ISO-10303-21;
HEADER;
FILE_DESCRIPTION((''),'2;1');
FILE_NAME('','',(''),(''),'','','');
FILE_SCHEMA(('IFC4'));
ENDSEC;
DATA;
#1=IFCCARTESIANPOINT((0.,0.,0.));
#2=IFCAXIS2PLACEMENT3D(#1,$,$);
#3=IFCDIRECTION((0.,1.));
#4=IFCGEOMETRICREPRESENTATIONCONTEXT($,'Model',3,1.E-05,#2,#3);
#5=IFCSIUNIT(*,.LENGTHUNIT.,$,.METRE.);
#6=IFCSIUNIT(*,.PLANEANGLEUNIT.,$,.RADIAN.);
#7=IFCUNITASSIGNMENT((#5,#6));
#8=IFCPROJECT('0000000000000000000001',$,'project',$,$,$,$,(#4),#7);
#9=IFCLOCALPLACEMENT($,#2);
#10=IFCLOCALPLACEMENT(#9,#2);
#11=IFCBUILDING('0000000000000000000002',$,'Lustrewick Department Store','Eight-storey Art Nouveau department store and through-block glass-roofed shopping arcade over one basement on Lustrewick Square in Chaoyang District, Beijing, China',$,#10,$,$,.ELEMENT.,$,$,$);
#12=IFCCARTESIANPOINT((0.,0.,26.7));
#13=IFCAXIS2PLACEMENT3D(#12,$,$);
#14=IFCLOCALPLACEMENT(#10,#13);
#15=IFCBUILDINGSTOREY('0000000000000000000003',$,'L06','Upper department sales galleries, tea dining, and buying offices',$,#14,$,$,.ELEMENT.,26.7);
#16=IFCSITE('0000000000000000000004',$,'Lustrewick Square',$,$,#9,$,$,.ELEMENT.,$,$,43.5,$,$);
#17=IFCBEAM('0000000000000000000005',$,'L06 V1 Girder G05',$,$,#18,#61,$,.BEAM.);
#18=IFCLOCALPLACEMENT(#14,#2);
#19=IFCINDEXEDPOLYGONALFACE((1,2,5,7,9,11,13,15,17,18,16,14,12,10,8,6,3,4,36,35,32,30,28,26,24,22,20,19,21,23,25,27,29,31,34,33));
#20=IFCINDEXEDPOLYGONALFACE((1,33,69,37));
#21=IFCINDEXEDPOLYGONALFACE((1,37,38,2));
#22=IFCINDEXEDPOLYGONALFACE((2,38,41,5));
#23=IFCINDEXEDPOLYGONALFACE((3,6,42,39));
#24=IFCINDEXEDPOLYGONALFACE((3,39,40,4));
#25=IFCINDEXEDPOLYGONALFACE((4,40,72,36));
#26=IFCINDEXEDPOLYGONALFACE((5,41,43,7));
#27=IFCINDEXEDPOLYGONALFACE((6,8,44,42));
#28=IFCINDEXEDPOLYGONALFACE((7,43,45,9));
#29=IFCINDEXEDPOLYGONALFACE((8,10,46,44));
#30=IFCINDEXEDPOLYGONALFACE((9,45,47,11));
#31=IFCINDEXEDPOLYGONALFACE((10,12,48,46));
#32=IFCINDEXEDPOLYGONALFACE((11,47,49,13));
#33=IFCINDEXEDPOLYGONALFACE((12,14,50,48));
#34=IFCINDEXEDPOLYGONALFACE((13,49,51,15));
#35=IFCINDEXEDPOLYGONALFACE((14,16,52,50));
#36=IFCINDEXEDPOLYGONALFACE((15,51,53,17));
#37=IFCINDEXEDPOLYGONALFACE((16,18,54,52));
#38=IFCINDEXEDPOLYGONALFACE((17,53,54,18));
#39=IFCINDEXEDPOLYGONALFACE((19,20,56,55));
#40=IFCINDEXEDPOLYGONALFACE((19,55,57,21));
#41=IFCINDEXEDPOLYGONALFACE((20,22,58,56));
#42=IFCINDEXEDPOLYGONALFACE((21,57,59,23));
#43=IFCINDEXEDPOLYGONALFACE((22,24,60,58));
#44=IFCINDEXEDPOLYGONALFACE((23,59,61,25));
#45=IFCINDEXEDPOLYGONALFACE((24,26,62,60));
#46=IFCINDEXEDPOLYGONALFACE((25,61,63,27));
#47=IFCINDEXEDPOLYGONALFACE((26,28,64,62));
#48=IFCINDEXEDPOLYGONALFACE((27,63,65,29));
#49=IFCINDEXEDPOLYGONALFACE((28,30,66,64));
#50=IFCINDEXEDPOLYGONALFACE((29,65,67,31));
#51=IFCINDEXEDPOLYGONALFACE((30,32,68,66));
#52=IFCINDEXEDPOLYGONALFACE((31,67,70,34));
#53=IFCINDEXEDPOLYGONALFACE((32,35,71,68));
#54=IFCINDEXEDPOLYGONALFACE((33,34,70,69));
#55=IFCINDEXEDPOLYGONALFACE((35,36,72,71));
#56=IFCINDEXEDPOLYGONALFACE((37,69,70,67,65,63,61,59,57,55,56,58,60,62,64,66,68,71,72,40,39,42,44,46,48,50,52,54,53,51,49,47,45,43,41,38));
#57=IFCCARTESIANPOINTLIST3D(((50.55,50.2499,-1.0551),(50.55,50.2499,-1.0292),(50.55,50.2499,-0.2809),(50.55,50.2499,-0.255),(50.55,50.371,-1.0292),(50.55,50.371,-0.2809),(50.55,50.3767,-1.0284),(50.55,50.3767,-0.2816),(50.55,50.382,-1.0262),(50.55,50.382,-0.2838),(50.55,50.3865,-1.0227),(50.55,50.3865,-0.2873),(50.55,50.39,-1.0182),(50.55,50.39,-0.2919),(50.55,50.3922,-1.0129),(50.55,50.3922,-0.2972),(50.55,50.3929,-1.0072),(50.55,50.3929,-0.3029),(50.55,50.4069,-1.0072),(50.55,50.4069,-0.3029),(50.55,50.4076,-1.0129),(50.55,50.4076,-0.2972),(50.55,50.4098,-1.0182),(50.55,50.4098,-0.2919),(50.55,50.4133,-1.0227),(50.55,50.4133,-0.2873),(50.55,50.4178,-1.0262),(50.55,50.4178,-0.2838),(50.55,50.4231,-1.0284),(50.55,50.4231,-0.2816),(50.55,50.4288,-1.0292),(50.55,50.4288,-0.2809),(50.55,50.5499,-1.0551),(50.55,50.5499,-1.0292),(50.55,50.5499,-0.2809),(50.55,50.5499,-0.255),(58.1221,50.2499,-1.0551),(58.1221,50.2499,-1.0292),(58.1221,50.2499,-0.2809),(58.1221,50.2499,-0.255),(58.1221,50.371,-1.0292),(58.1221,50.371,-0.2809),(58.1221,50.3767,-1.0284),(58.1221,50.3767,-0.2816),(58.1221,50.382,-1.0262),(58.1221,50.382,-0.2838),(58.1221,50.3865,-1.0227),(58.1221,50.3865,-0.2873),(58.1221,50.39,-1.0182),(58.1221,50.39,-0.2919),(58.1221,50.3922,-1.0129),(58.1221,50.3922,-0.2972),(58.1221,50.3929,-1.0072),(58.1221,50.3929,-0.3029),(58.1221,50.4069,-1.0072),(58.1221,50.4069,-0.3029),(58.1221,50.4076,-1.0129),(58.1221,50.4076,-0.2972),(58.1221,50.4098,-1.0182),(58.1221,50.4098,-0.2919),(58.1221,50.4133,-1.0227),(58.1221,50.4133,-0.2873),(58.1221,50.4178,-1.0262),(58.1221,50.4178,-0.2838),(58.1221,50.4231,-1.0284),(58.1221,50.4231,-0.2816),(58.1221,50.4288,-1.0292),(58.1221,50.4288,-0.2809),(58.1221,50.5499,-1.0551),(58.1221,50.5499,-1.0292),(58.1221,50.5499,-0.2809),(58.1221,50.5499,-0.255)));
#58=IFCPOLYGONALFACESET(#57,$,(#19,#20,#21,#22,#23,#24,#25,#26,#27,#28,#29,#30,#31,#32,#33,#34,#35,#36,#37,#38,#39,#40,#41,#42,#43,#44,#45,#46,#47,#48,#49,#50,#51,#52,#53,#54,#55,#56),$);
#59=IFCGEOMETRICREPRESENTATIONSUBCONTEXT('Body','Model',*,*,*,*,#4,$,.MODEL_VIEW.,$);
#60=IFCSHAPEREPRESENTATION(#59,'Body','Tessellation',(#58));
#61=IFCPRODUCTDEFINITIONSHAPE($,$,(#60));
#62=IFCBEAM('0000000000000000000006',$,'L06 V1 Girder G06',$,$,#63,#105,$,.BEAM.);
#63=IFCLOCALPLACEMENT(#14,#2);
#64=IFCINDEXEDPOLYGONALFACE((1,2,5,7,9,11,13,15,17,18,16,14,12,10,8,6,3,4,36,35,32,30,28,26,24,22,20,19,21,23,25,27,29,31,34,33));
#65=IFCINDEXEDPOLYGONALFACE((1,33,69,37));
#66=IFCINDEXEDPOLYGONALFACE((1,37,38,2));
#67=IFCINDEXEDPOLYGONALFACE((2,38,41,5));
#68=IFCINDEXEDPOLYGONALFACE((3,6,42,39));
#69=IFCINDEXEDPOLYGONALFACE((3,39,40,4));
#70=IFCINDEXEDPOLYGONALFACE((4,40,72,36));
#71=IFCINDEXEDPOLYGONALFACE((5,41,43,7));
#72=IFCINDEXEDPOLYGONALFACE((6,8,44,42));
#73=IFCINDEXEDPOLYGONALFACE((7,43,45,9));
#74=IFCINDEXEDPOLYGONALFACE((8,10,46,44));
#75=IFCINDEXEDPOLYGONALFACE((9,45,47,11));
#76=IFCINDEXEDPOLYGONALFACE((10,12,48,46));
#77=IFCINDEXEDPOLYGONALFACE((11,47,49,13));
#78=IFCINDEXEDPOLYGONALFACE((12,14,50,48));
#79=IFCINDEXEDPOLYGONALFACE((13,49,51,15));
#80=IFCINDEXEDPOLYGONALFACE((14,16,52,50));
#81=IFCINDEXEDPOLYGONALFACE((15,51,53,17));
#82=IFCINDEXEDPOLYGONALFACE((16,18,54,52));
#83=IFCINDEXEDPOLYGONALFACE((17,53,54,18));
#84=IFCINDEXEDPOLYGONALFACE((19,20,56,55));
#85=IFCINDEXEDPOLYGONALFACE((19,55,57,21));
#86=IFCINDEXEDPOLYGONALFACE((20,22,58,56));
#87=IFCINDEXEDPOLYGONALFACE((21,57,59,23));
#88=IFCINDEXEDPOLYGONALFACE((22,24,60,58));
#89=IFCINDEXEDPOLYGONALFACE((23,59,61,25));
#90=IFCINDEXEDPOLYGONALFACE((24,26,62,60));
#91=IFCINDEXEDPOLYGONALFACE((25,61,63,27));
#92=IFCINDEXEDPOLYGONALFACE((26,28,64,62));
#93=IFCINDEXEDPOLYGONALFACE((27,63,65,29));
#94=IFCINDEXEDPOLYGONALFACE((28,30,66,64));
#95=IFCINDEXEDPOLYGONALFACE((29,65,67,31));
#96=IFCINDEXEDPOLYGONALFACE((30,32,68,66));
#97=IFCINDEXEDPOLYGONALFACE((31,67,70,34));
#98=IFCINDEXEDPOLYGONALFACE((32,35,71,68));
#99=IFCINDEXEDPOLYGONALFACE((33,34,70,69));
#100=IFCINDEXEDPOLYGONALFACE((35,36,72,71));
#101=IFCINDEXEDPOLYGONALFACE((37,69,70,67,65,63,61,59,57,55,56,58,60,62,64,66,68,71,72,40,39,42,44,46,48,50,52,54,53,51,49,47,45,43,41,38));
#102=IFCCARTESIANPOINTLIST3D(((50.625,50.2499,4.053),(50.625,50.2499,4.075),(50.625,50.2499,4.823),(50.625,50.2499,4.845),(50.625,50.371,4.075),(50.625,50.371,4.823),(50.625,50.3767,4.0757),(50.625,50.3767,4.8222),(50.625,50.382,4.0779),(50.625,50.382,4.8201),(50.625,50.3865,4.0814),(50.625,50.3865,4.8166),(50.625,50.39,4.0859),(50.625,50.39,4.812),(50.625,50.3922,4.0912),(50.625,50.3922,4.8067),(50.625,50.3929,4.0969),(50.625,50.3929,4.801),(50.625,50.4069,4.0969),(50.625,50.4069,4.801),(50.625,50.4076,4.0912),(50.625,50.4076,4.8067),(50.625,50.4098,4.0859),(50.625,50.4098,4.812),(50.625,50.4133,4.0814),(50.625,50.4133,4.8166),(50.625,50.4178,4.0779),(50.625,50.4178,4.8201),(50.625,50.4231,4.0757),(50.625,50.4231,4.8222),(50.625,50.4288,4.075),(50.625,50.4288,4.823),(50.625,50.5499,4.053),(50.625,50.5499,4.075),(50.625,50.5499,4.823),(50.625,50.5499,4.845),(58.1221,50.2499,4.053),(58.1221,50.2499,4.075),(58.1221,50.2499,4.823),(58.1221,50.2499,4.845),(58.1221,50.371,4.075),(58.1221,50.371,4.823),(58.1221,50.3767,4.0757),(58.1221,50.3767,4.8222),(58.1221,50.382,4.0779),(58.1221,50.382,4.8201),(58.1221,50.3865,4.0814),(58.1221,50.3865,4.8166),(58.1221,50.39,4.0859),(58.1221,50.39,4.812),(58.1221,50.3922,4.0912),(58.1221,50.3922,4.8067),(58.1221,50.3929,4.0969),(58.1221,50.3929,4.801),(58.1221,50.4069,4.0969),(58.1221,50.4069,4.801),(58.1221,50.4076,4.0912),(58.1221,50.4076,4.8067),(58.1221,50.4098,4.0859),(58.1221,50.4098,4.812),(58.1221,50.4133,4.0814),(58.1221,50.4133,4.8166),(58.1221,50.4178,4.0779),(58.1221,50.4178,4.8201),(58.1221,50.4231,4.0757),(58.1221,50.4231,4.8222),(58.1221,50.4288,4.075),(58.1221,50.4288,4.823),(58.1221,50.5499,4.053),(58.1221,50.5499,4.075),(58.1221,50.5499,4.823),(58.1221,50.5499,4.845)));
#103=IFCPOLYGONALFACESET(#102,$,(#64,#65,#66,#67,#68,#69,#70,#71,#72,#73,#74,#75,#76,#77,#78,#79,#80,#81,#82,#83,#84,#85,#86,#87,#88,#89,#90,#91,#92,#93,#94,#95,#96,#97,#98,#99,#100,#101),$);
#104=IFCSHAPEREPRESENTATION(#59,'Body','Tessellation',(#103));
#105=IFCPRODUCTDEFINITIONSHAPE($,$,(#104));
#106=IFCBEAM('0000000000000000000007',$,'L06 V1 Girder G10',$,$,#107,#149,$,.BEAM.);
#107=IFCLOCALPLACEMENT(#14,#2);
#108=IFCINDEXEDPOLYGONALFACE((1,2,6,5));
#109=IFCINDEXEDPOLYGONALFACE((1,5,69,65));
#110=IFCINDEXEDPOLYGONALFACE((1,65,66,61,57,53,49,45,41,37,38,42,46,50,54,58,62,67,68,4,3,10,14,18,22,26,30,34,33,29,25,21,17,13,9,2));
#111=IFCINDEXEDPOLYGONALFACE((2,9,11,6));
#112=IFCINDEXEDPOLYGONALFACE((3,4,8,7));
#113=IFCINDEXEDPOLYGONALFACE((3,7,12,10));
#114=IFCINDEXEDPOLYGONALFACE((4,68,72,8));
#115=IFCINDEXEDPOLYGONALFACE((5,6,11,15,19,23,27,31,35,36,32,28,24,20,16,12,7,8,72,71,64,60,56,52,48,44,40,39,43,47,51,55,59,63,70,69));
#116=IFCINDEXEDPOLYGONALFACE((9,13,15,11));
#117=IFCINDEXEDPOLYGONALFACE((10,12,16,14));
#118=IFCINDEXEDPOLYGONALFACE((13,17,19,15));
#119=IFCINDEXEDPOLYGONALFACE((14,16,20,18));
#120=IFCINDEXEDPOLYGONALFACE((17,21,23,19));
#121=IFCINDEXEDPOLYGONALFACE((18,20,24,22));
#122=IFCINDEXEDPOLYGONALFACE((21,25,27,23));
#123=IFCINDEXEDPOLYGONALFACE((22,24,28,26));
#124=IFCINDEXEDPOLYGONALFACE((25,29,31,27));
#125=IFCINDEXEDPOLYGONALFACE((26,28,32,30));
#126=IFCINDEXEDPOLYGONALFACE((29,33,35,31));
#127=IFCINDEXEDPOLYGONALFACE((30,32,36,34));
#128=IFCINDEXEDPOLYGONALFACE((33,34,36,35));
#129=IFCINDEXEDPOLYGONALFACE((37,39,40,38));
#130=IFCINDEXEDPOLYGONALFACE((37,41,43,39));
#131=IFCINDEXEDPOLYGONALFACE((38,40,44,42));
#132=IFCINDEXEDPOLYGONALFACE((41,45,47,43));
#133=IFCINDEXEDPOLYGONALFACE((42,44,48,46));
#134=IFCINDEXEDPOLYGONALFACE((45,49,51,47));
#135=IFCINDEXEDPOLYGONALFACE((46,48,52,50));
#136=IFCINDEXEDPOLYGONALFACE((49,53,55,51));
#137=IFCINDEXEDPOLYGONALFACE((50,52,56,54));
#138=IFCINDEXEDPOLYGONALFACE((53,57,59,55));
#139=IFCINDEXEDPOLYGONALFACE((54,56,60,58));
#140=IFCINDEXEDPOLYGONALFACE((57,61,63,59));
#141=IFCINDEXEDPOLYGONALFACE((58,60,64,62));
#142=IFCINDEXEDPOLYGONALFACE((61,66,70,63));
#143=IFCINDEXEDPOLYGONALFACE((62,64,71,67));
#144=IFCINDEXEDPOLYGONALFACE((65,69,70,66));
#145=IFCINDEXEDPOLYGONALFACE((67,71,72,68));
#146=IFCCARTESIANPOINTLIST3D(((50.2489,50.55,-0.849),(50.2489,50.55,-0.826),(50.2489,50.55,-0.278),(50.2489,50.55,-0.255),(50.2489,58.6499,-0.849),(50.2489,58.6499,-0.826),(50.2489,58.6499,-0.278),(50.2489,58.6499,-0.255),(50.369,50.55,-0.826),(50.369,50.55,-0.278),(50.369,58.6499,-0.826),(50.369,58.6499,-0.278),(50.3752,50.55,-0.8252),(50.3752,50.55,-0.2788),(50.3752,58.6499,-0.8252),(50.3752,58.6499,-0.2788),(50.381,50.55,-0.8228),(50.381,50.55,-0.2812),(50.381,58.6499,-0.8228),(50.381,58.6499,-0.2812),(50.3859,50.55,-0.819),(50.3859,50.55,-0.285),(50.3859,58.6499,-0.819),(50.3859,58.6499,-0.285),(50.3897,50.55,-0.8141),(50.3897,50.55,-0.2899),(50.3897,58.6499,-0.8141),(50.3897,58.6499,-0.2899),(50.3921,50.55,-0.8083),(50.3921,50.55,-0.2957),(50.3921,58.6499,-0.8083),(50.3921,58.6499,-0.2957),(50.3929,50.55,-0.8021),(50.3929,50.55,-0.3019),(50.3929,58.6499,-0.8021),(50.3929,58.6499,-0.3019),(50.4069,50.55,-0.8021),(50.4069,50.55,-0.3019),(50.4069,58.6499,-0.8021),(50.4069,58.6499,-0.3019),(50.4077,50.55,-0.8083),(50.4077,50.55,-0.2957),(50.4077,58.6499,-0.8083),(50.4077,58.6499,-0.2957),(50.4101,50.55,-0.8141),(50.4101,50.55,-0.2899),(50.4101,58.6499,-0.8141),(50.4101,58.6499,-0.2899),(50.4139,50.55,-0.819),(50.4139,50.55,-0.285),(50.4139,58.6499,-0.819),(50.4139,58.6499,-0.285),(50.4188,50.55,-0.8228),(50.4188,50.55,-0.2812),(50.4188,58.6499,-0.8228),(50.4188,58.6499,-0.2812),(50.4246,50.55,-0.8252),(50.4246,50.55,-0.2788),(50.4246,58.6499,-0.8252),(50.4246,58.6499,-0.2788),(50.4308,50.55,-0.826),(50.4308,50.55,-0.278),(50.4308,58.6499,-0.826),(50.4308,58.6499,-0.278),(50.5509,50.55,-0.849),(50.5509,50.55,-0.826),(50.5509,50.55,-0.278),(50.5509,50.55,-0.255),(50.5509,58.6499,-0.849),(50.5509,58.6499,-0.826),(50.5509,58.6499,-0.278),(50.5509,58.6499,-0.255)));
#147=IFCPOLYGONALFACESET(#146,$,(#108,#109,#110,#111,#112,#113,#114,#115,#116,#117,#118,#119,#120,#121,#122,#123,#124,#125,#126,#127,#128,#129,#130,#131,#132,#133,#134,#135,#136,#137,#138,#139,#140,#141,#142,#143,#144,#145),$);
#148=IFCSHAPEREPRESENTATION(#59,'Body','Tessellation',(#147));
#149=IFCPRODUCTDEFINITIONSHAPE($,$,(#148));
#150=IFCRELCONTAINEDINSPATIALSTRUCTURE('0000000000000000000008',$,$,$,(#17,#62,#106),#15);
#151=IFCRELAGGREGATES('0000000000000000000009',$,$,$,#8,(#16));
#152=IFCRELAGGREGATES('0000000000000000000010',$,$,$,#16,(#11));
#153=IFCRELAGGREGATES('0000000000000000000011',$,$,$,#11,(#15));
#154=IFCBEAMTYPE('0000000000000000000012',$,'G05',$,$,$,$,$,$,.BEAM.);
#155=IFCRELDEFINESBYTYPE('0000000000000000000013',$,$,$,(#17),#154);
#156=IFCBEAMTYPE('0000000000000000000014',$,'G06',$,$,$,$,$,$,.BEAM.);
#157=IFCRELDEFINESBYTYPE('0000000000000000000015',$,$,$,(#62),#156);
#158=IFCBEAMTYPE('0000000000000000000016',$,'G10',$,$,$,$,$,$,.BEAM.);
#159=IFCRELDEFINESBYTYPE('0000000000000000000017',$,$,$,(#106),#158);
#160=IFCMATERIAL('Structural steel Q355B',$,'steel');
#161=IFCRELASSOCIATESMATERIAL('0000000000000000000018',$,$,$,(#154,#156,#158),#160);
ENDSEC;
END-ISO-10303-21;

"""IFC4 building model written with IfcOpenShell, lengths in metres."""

from ifc_helpers import new_model, si_unit, direction, frame, origin, origin_2d, place, context, subcontext, project, spatial, i_section, extrude, material, material_profile, profile_set, type_object, element, save


model = new_model("IFC4")

# Units and contexts
model_context = context("Model", 3, precision=1e-05, world=origin(), true_north=direction((0.0, 1.0)))
body_context = subcontext(model_context, "Body", "Model", "MODEL_VIEW")
ifc_project = project(units=[si_unit("LENGTHUNIT", "METRE"), si_unit("PLANEANGLEUNIT", "RADIAN")], contexts=[model_context])

# Site, building, storey
site_placement = place(None, origin())
site = spatial("IfcSite", under=ifc_project, at=site_placement, Name="Lustrewick Square", CompositionType="ELEMENT", RefElevation=43.5)
building_placement = place(site_placement, origin())
building = spatial("IfcBuilding", under=site, at=building_placement, Name="Lustrewick Department Store", Description="Eight-storey Art Nouveau department store and through-block glass-roofed shopping arcade over one basement on Lustrewick Square in Chaoyang District, Beijing, China", CompositionType="ELEMENT")
storey_placement = place(building_placement, frame((0.0, 0.0, 26.7)))
storey = spatial("IfcBuildingStorey", under=building, at=storey_placement, Name="L06", Description="Upper department sales galleries, tea dining, and buying offices", CompositionType="ELEMENT", Elevation=26.7)

# Shared definitions
ifc_material_1 = material(Name="Structural steel Q355B", Category="steel")

# Beams
ifc_material_profile_1 = material_profile(ifc_material_1, i_section(OverallWidth=0.3, OverallDepth=0.8, WebThickness=0.0139, FlangeThickness=0.0259, FilletRadius=0.022, at=origin_2d()), Name="HN 800x300x14x26")
ifc_profile_set_1 = profile_set([ifc_material_profile_1], Name="Structural steel Q355B")
beam_type_1 = type_object("IfcBeamType", Name="G05", PredefinedType="BEAM", material=ifc_profile_set_1)
beam_1_placement = place(storey_placement, frame((50.55, 50.3999, -0.655), z_axis=(1.0, 0.0, 0.0), x_axis=(0.0, 1.0, 0.0)))
element("IfcBeam", 1, at=beam_1_placement, inside=storey, type_object=beam_type_1, Name="L06 V1 Girder G05", PredefinedType="BEAM", context=body_context, shape_type="SweptSolid", body=[
    extrude(i_section(OverallWidth=0.3, OverallDepth=0.8, WebThickness=0.0139, FlangeThickness=0.0259, FilletRadius=0.022, at=origin_2d()), origin(), (0.0, 0.0, 1.0), 7.572),
])
ifc_material_profile_2 = material_profile(ifc_material_1, i_section(OverallWidth=0.3, OverallDepth=0.792, WebThickness=0.0139, FlangeThickness=0.022, FilletRadius=0.022, at=origin_2d()), Name="HN 792x300x14x22")
ifc_profile_set_2 = profile_set([ifc_material_profile_2], Name="Structural steel Q355B")
beam_type_2 = type_object("IfcBeamType", Name="G06", PredefinedType="BEAM", material=ifc_profile_set_2)
beam_2_placement = place(storey_placement, frame((50.625, 50.3999, 4.449), z_axis=(1.0, 0.0, 0.0), x_axis=(0.0, 1.0, 0.0)))
element("IfcBeam", 2, at=beam_2_placement, inside=storey, type_object=beam_type_2, Name="L06 V1 Girder G06", PredefinedType="BEAM", context=body_context, shape_type="SweptSolid", body=[
    extrude(i_section(OverallWidth=0.3, OverallDepth=0.792, WebThickness=0.0139, FlangeThickness=0.022, FilletRadius=0.022, at=origin_2d()), origin(), (0.0, 0.0, 1.0), 7.4971),
])
ifc_material_profile_3 = material_profile(ifc_material_1, i_section(OverallWidth=0.302, OverallDepth=0.594, WebThickness=0.0139, FlangeThickness=0.0229, FilletRadius=0.0239, at=origin_2d()), Name="HM 594x302x14x23")
ifc_profile_set_3 = profile_set([ifc_material_profile_3], Name="Structural steel Q355B")
beam_type_3 = type_object("IfcBeamType", Name="G10", PredefinedType="BEAM", material=ifc_profile_set_3)
beam_3_placement = place(storey_placement, frame((50.3999, 50.55, -0.552), z_axis=(0.0, 1.0, 0.0), x_axis=(-1.0, 0.0, 0.0)))
element("IfcBeam", 3, at=beam_3_placement, inside=storey, type_object=beam_type_3, Name="L06 V1 Girder G10", PredefinedType="BEAM", context=body_context, shape_type="SweptSolid", body=[
    extrude(i_section(OverallWidth=0.302, OverallDepth=0.594, WebThickness=0.0139, FlangeThickness=0.0229, FilletRadius=0.0239, at=origin_2d()), origin(), (0.0, 0.0, 1.0), 8.0999),
])

save(model, "model.ifc")
